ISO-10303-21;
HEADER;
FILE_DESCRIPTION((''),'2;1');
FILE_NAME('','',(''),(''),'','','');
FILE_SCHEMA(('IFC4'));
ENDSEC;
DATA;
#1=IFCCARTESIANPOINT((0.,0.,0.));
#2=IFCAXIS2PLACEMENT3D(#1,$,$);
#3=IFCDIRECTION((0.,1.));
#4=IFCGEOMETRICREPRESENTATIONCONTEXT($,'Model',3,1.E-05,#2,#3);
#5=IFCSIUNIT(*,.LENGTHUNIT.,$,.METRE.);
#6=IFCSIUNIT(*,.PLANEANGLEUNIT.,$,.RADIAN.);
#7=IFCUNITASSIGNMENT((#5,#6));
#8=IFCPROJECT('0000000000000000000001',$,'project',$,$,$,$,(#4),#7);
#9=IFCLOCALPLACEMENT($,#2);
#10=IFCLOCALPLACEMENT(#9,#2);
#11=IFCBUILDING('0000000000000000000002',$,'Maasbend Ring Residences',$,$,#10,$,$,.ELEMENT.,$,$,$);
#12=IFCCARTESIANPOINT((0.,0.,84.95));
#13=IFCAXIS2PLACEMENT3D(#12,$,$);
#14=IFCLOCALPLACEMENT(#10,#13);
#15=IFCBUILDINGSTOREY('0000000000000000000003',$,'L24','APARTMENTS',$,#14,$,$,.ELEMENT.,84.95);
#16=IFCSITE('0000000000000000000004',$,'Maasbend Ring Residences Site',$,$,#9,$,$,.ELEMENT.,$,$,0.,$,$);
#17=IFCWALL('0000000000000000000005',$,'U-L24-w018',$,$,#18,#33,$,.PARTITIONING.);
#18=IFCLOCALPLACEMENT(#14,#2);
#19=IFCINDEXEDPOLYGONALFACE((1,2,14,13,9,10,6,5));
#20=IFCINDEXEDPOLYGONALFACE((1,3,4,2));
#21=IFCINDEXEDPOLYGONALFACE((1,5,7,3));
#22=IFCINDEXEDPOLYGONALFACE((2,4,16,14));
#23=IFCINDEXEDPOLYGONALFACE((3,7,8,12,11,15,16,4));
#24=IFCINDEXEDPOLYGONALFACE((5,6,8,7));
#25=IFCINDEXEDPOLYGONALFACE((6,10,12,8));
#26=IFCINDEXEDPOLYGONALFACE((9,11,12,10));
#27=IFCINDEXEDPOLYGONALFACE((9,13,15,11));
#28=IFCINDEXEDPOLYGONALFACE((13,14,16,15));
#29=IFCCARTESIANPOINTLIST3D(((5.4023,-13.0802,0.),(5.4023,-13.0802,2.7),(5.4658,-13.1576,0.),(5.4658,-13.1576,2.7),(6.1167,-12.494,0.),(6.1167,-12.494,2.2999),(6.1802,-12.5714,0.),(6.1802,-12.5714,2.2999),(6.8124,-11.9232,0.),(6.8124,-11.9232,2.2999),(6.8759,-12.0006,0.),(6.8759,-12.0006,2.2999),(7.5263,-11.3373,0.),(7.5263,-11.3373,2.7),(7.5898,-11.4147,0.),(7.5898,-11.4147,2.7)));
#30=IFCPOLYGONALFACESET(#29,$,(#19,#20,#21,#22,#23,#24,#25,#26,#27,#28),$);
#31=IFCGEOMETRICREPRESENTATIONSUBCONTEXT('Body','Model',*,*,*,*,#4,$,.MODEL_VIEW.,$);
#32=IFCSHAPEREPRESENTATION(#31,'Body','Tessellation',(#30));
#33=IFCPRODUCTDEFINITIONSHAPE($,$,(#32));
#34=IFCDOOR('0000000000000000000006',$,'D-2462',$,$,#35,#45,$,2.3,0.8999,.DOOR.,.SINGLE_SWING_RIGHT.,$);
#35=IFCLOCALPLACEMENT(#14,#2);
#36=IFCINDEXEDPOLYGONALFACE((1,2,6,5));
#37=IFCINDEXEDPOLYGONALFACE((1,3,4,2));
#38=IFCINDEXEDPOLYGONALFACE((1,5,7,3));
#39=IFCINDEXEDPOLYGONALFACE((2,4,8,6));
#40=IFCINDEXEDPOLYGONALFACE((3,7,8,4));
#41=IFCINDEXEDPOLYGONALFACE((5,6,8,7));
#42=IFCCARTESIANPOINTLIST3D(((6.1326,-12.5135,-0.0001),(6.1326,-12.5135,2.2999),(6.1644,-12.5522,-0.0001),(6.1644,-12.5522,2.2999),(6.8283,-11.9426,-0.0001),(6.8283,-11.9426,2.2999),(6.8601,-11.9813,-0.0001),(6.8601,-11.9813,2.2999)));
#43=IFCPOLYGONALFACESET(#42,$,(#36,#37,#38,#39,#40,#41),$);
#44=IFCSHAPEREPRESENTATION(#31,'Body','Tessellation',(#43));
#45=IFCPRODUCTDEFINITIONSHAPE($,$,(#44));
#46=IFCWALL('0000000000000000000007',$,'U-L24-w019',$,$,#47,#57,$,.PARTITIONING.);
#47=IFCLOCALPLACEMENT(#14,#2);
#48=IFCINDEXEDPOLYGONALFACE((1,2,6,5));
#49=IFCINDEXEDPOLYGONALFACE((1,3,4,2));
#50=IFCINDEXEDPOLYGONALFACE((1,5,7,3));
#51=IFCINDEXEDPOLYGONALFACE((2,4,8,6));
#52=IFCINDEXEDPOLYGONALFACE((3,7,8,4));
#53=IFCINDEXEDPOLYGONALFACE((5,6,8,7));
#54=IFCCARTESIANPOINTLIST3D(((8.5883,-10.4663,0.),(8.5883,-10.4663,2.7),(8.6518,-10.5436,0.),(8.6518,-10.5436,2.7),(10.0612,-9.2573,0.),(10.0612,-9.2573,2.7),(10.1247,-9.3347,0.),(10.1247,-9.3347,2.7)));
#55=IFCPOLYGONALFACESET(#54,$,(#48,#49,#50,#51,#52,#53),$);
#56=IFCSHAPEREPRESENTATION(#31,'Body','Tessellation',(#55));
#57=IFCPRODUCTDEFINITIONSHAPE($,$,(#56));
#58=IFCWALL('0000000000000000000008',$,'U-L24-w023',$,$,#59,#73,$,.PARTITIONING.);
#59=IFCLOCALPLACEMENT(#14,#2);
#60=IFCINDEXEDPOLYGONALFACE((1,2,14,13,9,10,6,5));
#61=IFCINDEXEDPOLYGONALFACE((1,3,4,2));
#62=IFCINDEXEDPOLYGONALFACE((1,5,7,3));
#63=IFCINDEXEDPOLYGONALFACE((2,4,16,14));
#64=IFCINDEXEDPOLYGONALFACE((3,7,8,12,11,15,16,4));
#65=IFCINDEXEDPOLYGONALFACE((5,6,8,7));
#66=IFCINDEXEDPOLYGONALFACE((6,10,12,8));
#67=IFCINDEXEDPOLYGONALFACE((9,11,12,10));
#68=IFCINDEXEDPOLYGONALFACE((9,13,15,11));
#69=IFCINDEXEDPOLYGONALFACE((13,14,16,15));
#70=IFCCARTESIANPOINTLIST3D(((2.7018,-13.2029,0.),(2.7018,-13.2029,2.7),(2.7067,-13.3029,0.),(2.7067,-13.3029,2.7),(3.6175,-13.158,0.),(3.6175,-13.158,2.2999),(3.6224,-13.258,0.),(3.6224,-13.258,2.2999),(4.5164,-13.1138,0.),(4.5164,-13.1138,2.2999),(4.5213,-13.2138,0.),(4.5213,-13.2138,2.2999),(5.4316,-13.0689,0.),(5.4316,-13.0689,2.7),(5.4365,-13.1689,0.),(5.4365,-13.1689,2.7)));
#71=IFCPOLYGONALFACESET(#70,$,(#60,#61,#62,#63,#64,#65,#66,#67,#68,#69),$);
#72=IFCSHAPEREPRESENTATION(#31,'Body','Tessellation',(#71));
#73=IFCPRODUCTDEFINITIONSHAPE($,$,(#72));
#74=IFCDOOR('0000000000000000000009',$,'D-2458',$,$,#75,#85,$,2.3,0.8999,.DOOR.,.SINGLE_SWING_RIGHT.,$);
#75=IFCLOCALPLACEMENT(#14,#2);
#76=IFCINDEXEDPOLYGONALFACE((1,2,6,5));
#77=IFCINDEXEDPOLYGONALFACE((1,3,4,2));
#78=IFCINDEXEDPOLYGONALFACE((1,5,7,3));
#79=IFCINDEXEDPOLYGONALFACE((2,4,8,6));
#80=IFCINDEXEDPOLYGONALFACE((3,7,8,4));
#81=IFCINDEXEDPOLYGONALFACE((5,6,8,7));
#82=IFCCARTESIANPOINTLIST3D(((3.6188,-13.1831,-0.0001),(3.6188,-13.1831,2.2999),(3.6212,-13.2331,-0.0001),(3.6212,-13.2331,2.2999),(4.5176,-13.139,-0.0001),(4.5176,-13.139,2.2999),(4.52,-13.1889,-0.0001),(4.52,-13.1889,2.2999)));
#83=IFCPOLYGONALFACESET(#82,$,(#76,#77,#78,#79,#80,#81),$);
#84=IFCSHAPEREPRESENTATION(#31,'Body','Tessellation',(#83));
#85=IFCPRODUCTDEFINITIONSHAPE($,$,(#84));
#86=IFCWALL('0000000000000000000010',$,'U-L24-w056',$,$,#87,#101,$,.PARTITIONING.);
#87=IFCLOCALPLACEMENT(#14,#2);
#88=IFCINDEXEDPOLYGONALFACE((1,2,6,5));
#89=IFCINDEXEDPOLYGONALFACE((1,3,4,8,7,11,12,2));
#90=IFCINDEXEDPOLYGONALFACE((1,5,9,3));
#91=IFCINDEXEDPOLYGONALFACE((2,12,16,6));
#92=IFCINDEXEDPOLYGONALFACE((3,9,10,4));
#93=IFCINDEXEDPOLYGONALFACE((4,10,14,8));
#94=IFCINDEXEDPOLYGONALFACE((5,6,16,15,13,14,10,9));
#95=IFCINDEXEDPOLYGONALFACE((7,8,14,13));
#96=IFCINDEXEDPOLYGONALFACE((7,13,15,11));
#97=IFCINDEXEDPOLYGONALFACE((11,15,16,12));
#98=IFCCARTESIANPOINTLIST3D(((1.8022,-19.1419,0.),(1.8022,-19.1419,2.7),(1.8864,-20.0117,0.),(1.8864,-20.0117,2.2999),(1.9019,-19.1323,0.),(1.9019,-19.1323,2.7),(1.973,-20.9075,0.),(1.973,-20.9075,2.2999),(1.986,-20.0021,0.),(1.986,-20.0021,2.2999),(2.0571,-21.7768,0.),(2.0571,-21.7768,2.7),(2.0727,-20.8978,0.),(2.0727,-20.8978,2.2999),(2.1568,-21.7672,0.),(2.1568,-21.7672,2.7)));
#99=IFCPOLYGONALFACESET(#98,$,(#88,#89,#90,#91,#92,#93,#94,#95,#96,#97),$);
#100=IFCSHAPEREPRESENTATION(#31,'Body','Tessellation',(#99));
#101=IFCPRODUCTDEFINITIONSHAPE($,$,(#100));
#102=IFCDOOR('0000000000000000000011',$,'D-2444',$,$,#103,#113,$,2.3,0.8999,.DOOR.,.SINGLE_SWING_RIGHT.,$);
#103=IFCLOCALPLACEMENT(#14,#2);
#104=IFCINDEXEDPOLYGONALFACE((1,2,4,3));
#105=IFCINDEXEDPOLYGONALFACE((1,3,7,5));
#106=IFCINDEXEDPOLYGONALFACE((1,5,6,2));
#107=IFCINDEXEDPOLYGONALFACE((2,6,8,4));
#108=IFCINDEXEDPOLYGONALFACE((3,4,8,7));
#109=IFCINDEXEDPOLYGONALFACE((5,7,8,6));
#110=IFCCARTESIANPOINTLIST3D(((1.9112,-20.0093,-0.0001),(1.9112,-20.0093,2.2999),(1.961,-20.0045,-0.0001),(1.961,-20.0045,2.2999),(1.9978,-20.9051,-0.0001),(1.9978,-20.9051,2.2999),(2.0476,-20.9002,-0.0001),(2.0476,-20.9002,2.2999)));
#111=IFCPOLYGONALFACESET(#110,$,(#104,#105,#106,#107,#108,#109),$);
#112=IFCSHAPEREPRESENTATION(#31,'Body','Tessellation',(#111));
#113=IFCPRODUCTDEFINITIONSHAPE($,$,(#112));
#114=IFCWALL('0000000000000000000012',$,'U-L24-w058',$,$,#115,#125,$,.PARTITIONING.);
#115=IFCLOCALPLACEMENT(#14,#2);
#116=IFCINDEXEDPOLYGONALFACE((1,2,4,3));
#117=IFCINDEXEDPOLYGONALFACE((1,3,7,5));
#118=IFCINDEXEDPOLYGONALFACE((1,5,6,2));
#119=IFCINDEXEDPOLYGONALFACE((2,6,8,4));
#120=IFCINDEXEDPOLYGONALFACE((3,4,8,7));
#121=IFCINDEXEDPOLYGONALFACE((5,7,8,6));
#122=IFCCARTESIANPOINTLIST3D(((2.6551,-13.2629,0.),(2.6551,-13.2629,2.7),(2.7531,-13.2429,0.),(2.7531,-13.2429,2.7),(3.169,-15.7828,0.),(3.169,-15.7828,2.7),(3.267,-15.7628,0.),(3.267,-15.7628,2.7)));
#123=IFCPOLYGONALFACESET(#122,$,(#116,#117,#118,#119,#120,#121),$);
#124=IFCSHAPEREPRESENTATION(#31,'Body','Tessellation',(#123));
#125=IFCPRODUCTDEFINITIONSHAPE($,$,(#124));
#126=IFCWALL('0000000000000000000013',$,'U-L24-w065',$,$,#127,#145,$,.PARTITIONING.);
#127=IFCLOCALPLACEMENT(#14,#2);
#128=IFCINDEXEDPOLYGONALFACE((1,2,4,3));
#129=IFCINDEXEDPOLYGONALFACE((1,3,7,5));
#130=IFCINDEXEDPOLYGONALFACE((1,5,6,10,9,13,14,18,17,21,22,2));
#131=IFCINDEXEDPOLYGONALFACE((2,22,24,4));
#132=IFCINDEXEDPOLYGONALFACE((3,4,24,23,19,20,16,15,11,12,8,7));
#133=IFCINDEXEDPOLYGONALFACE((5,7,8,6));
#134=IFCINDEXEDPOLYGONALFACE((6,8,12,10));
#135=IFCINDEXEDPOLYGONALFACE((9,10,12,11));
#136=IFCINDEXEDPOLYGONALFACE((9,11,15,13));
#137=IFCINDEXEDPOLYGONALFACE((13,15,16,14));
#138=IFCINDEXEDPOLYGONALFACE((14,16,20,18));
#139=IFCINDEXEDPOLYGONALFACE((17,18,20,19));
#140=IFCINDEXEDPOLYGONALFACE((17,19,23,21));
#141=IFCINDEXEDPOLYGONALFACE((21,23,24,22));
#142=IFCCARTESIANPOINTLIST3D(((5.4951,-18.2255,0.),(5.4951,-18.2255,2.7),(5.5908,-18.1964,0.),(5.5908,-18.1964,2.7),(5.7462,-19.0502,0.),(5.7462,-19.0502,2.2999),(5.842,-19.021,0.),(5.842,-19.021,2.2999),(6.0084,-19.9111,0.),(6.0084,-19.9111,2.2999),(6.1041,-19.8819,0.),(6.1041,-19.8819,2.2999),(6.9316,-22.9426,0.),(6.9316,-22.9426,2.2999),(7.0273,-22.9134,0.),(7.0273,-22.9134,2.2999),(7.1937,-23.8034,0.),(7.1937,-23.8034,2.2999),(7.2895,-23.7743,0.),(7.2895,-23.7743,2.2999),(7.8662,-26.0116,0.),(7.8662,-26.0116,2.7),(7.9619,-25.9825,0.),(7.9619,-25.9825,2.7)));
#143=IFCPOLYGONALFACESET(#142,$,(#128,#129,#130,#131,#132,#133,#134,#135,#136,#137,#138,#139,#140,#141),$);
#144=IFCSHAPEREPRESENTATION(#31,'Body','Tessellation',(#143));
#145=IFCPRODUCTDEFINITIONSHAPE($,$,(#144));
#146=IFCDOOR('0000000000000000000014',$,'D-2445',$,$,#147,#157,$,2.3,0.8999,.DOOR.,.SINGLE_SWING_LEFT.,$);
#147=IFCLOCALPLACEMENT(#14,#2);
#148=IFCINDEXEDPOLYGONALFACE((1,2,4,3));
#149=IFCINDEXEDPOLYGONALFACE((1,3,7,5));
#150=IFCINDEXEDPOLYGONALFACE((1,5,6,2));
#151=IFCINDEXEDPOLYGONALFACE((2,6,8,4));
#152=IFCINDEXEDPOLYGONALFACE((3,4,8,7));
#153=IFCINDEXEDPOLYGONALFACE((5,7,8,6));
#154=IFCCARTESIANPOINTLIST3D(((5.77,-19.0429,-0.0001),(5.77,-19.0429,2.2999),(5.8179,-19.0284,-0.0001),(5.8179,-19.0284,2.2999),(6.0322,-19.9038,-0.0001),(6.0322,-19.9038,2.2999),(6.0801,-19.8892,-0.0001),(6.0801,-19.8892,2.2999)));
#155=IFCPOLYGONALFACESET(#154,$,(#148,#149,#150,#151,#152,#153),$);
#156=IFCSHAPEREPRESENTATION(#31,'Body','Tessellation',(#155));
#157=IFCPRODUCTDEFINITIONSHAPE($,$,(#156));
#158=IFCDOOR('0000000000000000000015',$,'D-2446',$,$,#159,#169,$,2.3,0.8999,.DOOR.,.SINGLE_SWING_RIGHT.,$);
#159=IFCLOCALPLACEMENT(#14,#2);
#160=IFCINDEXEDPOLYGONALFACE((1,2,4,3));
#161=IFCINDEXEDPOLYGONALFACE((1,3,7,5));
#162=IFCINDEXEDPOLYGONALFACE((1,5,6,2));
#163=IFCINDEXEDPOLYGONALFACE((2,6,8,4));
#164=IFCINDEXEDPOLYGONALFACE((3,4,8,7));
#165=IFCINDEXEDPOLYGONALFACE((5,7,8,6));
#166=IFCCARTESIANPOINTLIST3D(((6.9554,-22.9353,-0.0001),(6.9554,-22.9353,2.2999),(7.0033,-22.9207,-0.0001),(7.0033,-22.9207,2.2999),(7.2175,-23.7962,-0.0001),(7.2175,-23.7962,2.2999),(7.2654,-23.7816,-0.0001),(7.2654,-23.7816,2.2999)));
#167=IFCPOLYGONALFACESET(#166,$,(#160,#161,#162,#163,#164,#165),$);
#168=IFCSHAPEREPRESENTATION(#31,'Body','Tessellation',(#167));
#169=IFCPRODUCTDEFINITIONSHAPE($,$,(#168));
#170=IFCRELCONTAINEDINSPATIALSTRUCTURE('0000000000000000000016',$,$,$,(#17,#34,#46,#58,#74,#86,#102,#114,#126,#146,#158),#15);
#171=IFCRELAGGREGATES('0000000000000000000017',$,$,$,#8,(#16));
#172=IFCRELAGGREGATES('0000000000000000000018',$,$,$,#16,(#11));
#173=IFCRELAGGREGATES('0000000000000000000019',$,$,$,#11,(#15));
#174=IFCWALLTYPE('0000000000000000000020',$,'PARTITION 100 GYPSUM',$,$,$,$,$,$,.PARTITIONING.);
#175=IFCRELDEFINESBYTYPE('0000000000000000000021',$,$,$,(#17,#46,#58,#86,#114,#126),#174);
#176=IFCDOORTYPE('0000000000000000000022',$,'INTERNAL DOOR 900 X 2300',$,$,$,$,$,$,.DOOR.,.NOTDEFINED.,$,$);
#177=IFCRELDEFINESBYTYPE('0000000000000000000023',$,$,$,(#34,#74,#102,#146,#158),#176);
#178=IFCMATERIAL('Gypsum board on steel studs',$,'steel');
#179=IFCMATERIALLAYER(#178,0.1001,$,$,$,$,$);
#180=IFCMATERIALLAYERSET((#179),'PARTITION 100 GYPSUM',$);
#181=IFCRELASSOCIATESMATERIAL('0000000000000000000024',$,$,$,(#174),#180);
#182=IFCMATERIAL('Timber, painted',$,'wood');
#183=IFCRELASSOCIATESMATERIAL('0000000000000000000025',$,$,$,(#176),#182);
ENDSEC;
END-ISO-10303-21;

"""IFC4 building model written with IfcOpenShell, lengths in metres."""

from ifc_helpers import new_model, si_unit, direction, frame, frame_2d, origin, place, context, subcontext, project, spatial, rectangle, extrude, material, layer, layer_set, type_object, element, fill, save


model = new_model("IFC4")

# Units and contexts
model_context = context("Model", 3, precision=1e-05, world=origin(), true_north=direction((0.0, 1.0)))
body_context = subcontext(model_context, "Body", "Model", "MODEL_VIEW")
ifc_project = project(units=[si_unit("LENGTHUNIT", "METRE"), si_unit("PLANEANGLEUNIT", "RADIAN")], contexts=[model_context])

# Site, building, storey
site_placement = place(None, origin())
site = spatial("IfcSite", under=ifc_project, at=site_placement, Name="Maasbend Ring Residences Site", CompositionType="ELEMENT", RefElevation=0.0)
building_placement = place(site_placement, origin())
building = spatial("IfcBuilding", under=site, at=building_placement, Name="Maasbend Ring Residences", CompositionType="ELEMENT")
storey_placement = place(building_placement, frame((0.0, 0.0, 84.95)))
storey = spatial("IfcBuildingStorey", under=building, at=storey_placement, Name="L24", Description="APARTMENTS", CompositionType="ELEMENT", Elevation=84.95)

# Shared definitions
ifc_material_1 = material(Name="Gypsum board on steel studs", Category="steel")
ifc_layer_1 = layer(ifc_material_1, 0.1001)
ifc_layer_set_1 = layer_set([ifc_layer_1], Name="PARTITION 100 GYPSUM")
wall_type_1 = type_object("IfcWallType", Name="PARTITION 100 GYPSUM", PredefinedType="PARTITIONING", material=ifc_layer_set_1)

# Wall, opening, door
wall_1_placement = place(storey_placement, frame((5.4341, -13.1189, 0.0), z_axis=(0.0, 0.0, 1.0), x_axis=(0.77305, 0.634345, 0.0)))
wall_1 = element("IfcWall", 1, at=wall_1_placement, inside=storey, type_object=wall_type_1, Name="U-L24-w018", PredefinedType="PARTITIONING", context=body_context, shape_type="SweptSolid", body=[
    extrude(rectangle(XDim=2.7476, YDim=0.1001, at=frame_2d((1.3738, 0.0))), origin(), (0.0, 0.0, 1.0), 2.7),
])
opening_1_placement = place(wall_1_placement, frame((0.9241, 0.0, 0.0)))
opening_1 = element("IfcOpeningElement", 2, at=opening_1_placement, cuts=wall_1, PredefinedType="OPENING", context=body_context, shape_type="SweptSolid", body=[
    extrude(rectangle(XDim=0.8999, YDim=2.3, at=frame_2d((0.45, 1.1499))), frame((0.0, 0.0601, 0.0), z_axis=(0.0, -1.0, 0.0), x_axis=(1.0, 0.0, 0.0)), (0.0, 0.0, 1.0), 0.1201),
])
ifc_material_2 = material(Name="Timber, painted", Category="wood")
door_type_1 = type_object("IfcDoorType", Name="INTERNAL DOOR 900 X 2300", OperationType="NOTDEFINED", PredefinedType="DOOR", material=ifc_material_2)
door_1_placement = place(opening_1_placement, origin())
door_1 = element("IfcDoor", 3, at=door_1_placement, inside=storey, type_object=door_type_1, Name="D-2462", OperationType="SINGLE_SWING_RIGHT", OverallHeight=2.3, OverallWidth=0.8999, PredefinedType="DOOR", context=body_context, shape_type="SweptSolid", body=[
    extrude(rectangle(XDim=0.8999, YDim=2.3, at=frame_2d((0.45, 1.1499))), frame((0.0, 0.0249, 0.0), z_axis=(0.0, -1.0, 0.0), x_axis=(1.0, 0.0, 0.0)), (0.0, 0.0, 1.0), 0.05),
])
fill(opening_1, door_1)

# Wall
wall_2_placement = place(storey_placement, frame((8.6201, -10.5049, 0.0), z_axis=(0.0, 0.0, 1.0), x_axis=(0.772957, 0.634458, 0.0)))
element("IfcWall", 4, at=wall_2_placement, inside=storey, type_object=wall_type_1, Name="U-L24-w019", PredefinedType="PARTITIONING", context=body_context, shape_type="SweptSolid", body=[
    extrude(rectangle(XDim=1.9055, YDim=0.1001, at=frame_2d((0.9526, 0.0))), origin(), (0.0, 0.0, 1.0), 2.7),
])

# Walls, openings, doors
wall_3_placement = place(storey_placement, frame((2.7041, -13.2529, 0.0), z_axis=(0.0, 0.0, 1.0), x_axis=(0.998797, 0.049038, 0.0)))
wall_3 = element("IfcWall", 5, at=wall_3_placement, inside=storey, type_object=wall_type_1, Name="U-L24-w023", PredefinedType="PARTITIONING", context=body_context, shape_type="SweptSolid", body=[
    extrude(rectangle(XDim=2.7332, YDim=0.1001, at=frame_2d((1.3667, 0.0))), origin(), (0.0, 0.0, 1.0), 2.7),
])
opening_2_placement = place(wall_3_placement, frame((0.917, 0.0, 0.0)))
opening_2 = element("IfcOpeningElement", 6, at=opening_2_placement, cuts=wall_3, PredefinedType="OPENING", context=body_context, shape_type="SweptSolid", body=[
    extrude(rectangle(XDim=0.8999, YDim=2.3, at=frame_2d((0.45, 1.1499))), frame((0.0, 0.0601, 0.0), z_axis=(0.0, -1.0, 0.0), x_axis=(1.0, 0.0, 0.0)), (0.0, 0.0, 1.0), 0.1201),
])
door_2_placement = place(opening_2_placement, origin())
door_2 = element("IfcDoor", 7, at=door_2_placement, inside=storey, type_object=door_type_1, Name="D-2458", OperationType="SINGLE_SWING_RIGHT", OverallHeight=2.3, OverallWidth=0.8999, PredefinedType="DOOR", context=body_context, shape_type="SweptSolid", body=[
    extrude(rectangle(XDim=0.8999, YDim=2.3, at=frame_2d((0.45, 1.1499))), frame((0.0, 0.0249, 0.0), z_axis=(0.0, -1.0, 0.0), x_axis=(1.0, 0.0, 0.0)), (0.0, 0.0, 1.0), 0.05),
])
fill(opening_2, door_2)
wall_4_placement = place(storey_placement, frame((1.8521, -19.137, 0.0), z_axis=(0.0, 0.0, 1.0), x_axis=(0.09628, -0.995354, 0.0)))
wall_4 = element("IfcWall", 8, at=wall_4_placement, inside=storey, type_object=wall_type_1, Name="U-L24-w056", PredefinedType="PARTITIONING", context=body_context, shape_type="SweptSolid", body=[
    extrude(rectangle(XDim=2.6472, YDim=0.1001, at=frame_2d((1.3237, 0.0))), origin(), (0.0, 0.0, 1.0), 2.7),
])
opening_3_placement = place(wall_4_placement, frame((0.874, 0.0, 0.0)))
opening_3 = element("IfcOpeningElement", 9, at=opening_3_placement, cuts=wall_4, PredefinedType="OPENING", context=body_context, shape_type="SweptSolid", body=[
    extrude(rectangle(XDim=0.8999, YDim=2.3, at=frame_2d((0.45, 1.1499))), frame((0.0, 0.0601, 0.0), z_axis=(0.0, -1.0, 0.0), x_axis=(1.0, 0.0, 0.0)), (0.0, 0.0, 1.0), 0.1201),
])
door_3_placement = place(opening_3_placement, origin())
door_3 = element("IfcDoor", 10, at=door_3_placement, inside=storey, type_object=door_type_1, Name="D-2444", OperationType="SINGLE_SWING_RIGHT", OverallHeight=2.3, OverallWidth=0.8999, PredefinedType="DOOR", context=body_context, shape_type="SweptSolid", body=[
    extrude(rectangle(XDim=0.8999, YDim=2.3, at=frame_2d((0.45, 1.1499))), frame((0.0, 0.0249, 0.0), z_axis=(0.0, -1.0, 0.0), x_axis=(1.0, 0.0, 0.0)), (0.0, 0.0, 1.0), 0.05),
])
fill(opening_3, door_3)

# Wall
wall_5_placement = place(storey_placement, frame((2.7041, -13.2529, 0.0), z_axis=(0.0, 0.0, 1.0), x_axis=(0.199821, -0.979833, 0.0)))
element("IfcWall", 11, at=wall_5_placement, inside=storey, type_object=wall_type_1, Name="U-L24-w058", PredefinedType="PARTITIONING", context=body_context, shape_type="SweptSolid", body=[
    extrude(rectangle(XDim=2.5718, YDim=0.1001, at=frame_2d((1.2859, 0.0))), origin(), (0.0, 0.0, 1.0), 2.7),
])

# Wall, openings, doors
wall_6_placement = place(storey_placement, frame((5.543, -18.2109, 0.0), z_axis=(0.0, 0.0, 1.0), x_axis=(0.291319, -0.956626, 0.0)))
wall_6 = element("IfcWall", 12, at=wall_6_placement, inside=storey, type_object=wall_type_1, Name="U-L24-w065", PredefinedType="PARTITIONING", context=body_context, shape_type="SweptSolid", body=[
    extrude(rectangle(XDim=8.1392, YDim=0.1001, at=frame_2d((4.0696, 0.0))), origin(), (0.0, 0.0, 1.0), 2.7),
])
opening_4_placement = place(wall_6_placement, frame((0.8621, 0.0, 0.0)))
opening_4 = element("IfcOpeningElement", 13, at=opening_4_placement, cuts=wall_6, PredefinedType="OPENING", context=body_context, shape_type="SweptSolid", body=[
    extrude(rectangle(XDim=0.8999, YDim=2.3, at=frame_2d((0.45, 1.1499))), frame((0.0, 0.0601, 0.0), z_axis=(0.0, -1.0, 0.0), x_axis=(1.0, 0.0, 0.0)), (0.0, 0.0, 1.0), 0.1201),
])
opening_5_placement = place(wall_6_placement, frame((4.9309, 0.0, 0.0)))
opening_5 = element("IfcOpeningElement", 14, at=opening_5_placement, cuts=wall_6, PredefinedType="OPENING", context=body_context, shape_type="SweptSolid", body=[
    extrude(rectangle(XDim=0.8999, YDim=2.3, at=frame_2d((0.45, 1.1499))), frame((0.0, 0.0601, 0.0), z_axis=(0.0, -1.0, 0.0), x_axis=(1.0, 0.0, 0.0)), (0.0, 0.0, 1.0), 0.1201),
])
door_4_placement = place(opening_4_placement, origin())
door_4 = element("IfcDoor", 15, at=door_4_placement, inside=storey, type_object=door_type_1, Name="D-2445", OperationType="SINGLE_SWING_LEFT", OverallHeight=2.3, OverallWidth=0.8999, PredefinedType="DOOR", context=body_context, shape_type="SweptSolid", body=[
    extrude(rectangle(XDim=0.8999, YDim=2.3, at=frame_2d((0.45, 1.1499))), frame((0.0, 0.0249, 0.0), z_axis=(0.0, -1.0, 0.0), x_axis=(1.0, 0.0, 0.0)), (0.0, 0.0, 1.0), 0.05),
])
fill(opening_4, door_4)
door_5_placement = place(opening_5_placement, origin())
door_5 = element("IfcDoor", 16, at=door_5_placement, inside=storey, type_object=door_type_1, Name="D-2446", OperationType="SINGLE_SWING_RIGHT", OverallHeight=2.3, OverallWidth=0.8999, PredefinedType="DOOR", context=body_context, shape_type="SweptSolid", body=[
    extrude(rectangle(XDim=0.8999, YDim=2.3, at=frame_2d((0.45, 1.1499))), frame((0.0, 0.0249, 0.0), z_axis=(0.0, -1.0, 0.0), x_axis=(1.0, 0.0, 0.0)), (0.0, 0.0, 1.0), 0.05),
])
fill(opening_5, door_5)

save(model, "model.ifc")
